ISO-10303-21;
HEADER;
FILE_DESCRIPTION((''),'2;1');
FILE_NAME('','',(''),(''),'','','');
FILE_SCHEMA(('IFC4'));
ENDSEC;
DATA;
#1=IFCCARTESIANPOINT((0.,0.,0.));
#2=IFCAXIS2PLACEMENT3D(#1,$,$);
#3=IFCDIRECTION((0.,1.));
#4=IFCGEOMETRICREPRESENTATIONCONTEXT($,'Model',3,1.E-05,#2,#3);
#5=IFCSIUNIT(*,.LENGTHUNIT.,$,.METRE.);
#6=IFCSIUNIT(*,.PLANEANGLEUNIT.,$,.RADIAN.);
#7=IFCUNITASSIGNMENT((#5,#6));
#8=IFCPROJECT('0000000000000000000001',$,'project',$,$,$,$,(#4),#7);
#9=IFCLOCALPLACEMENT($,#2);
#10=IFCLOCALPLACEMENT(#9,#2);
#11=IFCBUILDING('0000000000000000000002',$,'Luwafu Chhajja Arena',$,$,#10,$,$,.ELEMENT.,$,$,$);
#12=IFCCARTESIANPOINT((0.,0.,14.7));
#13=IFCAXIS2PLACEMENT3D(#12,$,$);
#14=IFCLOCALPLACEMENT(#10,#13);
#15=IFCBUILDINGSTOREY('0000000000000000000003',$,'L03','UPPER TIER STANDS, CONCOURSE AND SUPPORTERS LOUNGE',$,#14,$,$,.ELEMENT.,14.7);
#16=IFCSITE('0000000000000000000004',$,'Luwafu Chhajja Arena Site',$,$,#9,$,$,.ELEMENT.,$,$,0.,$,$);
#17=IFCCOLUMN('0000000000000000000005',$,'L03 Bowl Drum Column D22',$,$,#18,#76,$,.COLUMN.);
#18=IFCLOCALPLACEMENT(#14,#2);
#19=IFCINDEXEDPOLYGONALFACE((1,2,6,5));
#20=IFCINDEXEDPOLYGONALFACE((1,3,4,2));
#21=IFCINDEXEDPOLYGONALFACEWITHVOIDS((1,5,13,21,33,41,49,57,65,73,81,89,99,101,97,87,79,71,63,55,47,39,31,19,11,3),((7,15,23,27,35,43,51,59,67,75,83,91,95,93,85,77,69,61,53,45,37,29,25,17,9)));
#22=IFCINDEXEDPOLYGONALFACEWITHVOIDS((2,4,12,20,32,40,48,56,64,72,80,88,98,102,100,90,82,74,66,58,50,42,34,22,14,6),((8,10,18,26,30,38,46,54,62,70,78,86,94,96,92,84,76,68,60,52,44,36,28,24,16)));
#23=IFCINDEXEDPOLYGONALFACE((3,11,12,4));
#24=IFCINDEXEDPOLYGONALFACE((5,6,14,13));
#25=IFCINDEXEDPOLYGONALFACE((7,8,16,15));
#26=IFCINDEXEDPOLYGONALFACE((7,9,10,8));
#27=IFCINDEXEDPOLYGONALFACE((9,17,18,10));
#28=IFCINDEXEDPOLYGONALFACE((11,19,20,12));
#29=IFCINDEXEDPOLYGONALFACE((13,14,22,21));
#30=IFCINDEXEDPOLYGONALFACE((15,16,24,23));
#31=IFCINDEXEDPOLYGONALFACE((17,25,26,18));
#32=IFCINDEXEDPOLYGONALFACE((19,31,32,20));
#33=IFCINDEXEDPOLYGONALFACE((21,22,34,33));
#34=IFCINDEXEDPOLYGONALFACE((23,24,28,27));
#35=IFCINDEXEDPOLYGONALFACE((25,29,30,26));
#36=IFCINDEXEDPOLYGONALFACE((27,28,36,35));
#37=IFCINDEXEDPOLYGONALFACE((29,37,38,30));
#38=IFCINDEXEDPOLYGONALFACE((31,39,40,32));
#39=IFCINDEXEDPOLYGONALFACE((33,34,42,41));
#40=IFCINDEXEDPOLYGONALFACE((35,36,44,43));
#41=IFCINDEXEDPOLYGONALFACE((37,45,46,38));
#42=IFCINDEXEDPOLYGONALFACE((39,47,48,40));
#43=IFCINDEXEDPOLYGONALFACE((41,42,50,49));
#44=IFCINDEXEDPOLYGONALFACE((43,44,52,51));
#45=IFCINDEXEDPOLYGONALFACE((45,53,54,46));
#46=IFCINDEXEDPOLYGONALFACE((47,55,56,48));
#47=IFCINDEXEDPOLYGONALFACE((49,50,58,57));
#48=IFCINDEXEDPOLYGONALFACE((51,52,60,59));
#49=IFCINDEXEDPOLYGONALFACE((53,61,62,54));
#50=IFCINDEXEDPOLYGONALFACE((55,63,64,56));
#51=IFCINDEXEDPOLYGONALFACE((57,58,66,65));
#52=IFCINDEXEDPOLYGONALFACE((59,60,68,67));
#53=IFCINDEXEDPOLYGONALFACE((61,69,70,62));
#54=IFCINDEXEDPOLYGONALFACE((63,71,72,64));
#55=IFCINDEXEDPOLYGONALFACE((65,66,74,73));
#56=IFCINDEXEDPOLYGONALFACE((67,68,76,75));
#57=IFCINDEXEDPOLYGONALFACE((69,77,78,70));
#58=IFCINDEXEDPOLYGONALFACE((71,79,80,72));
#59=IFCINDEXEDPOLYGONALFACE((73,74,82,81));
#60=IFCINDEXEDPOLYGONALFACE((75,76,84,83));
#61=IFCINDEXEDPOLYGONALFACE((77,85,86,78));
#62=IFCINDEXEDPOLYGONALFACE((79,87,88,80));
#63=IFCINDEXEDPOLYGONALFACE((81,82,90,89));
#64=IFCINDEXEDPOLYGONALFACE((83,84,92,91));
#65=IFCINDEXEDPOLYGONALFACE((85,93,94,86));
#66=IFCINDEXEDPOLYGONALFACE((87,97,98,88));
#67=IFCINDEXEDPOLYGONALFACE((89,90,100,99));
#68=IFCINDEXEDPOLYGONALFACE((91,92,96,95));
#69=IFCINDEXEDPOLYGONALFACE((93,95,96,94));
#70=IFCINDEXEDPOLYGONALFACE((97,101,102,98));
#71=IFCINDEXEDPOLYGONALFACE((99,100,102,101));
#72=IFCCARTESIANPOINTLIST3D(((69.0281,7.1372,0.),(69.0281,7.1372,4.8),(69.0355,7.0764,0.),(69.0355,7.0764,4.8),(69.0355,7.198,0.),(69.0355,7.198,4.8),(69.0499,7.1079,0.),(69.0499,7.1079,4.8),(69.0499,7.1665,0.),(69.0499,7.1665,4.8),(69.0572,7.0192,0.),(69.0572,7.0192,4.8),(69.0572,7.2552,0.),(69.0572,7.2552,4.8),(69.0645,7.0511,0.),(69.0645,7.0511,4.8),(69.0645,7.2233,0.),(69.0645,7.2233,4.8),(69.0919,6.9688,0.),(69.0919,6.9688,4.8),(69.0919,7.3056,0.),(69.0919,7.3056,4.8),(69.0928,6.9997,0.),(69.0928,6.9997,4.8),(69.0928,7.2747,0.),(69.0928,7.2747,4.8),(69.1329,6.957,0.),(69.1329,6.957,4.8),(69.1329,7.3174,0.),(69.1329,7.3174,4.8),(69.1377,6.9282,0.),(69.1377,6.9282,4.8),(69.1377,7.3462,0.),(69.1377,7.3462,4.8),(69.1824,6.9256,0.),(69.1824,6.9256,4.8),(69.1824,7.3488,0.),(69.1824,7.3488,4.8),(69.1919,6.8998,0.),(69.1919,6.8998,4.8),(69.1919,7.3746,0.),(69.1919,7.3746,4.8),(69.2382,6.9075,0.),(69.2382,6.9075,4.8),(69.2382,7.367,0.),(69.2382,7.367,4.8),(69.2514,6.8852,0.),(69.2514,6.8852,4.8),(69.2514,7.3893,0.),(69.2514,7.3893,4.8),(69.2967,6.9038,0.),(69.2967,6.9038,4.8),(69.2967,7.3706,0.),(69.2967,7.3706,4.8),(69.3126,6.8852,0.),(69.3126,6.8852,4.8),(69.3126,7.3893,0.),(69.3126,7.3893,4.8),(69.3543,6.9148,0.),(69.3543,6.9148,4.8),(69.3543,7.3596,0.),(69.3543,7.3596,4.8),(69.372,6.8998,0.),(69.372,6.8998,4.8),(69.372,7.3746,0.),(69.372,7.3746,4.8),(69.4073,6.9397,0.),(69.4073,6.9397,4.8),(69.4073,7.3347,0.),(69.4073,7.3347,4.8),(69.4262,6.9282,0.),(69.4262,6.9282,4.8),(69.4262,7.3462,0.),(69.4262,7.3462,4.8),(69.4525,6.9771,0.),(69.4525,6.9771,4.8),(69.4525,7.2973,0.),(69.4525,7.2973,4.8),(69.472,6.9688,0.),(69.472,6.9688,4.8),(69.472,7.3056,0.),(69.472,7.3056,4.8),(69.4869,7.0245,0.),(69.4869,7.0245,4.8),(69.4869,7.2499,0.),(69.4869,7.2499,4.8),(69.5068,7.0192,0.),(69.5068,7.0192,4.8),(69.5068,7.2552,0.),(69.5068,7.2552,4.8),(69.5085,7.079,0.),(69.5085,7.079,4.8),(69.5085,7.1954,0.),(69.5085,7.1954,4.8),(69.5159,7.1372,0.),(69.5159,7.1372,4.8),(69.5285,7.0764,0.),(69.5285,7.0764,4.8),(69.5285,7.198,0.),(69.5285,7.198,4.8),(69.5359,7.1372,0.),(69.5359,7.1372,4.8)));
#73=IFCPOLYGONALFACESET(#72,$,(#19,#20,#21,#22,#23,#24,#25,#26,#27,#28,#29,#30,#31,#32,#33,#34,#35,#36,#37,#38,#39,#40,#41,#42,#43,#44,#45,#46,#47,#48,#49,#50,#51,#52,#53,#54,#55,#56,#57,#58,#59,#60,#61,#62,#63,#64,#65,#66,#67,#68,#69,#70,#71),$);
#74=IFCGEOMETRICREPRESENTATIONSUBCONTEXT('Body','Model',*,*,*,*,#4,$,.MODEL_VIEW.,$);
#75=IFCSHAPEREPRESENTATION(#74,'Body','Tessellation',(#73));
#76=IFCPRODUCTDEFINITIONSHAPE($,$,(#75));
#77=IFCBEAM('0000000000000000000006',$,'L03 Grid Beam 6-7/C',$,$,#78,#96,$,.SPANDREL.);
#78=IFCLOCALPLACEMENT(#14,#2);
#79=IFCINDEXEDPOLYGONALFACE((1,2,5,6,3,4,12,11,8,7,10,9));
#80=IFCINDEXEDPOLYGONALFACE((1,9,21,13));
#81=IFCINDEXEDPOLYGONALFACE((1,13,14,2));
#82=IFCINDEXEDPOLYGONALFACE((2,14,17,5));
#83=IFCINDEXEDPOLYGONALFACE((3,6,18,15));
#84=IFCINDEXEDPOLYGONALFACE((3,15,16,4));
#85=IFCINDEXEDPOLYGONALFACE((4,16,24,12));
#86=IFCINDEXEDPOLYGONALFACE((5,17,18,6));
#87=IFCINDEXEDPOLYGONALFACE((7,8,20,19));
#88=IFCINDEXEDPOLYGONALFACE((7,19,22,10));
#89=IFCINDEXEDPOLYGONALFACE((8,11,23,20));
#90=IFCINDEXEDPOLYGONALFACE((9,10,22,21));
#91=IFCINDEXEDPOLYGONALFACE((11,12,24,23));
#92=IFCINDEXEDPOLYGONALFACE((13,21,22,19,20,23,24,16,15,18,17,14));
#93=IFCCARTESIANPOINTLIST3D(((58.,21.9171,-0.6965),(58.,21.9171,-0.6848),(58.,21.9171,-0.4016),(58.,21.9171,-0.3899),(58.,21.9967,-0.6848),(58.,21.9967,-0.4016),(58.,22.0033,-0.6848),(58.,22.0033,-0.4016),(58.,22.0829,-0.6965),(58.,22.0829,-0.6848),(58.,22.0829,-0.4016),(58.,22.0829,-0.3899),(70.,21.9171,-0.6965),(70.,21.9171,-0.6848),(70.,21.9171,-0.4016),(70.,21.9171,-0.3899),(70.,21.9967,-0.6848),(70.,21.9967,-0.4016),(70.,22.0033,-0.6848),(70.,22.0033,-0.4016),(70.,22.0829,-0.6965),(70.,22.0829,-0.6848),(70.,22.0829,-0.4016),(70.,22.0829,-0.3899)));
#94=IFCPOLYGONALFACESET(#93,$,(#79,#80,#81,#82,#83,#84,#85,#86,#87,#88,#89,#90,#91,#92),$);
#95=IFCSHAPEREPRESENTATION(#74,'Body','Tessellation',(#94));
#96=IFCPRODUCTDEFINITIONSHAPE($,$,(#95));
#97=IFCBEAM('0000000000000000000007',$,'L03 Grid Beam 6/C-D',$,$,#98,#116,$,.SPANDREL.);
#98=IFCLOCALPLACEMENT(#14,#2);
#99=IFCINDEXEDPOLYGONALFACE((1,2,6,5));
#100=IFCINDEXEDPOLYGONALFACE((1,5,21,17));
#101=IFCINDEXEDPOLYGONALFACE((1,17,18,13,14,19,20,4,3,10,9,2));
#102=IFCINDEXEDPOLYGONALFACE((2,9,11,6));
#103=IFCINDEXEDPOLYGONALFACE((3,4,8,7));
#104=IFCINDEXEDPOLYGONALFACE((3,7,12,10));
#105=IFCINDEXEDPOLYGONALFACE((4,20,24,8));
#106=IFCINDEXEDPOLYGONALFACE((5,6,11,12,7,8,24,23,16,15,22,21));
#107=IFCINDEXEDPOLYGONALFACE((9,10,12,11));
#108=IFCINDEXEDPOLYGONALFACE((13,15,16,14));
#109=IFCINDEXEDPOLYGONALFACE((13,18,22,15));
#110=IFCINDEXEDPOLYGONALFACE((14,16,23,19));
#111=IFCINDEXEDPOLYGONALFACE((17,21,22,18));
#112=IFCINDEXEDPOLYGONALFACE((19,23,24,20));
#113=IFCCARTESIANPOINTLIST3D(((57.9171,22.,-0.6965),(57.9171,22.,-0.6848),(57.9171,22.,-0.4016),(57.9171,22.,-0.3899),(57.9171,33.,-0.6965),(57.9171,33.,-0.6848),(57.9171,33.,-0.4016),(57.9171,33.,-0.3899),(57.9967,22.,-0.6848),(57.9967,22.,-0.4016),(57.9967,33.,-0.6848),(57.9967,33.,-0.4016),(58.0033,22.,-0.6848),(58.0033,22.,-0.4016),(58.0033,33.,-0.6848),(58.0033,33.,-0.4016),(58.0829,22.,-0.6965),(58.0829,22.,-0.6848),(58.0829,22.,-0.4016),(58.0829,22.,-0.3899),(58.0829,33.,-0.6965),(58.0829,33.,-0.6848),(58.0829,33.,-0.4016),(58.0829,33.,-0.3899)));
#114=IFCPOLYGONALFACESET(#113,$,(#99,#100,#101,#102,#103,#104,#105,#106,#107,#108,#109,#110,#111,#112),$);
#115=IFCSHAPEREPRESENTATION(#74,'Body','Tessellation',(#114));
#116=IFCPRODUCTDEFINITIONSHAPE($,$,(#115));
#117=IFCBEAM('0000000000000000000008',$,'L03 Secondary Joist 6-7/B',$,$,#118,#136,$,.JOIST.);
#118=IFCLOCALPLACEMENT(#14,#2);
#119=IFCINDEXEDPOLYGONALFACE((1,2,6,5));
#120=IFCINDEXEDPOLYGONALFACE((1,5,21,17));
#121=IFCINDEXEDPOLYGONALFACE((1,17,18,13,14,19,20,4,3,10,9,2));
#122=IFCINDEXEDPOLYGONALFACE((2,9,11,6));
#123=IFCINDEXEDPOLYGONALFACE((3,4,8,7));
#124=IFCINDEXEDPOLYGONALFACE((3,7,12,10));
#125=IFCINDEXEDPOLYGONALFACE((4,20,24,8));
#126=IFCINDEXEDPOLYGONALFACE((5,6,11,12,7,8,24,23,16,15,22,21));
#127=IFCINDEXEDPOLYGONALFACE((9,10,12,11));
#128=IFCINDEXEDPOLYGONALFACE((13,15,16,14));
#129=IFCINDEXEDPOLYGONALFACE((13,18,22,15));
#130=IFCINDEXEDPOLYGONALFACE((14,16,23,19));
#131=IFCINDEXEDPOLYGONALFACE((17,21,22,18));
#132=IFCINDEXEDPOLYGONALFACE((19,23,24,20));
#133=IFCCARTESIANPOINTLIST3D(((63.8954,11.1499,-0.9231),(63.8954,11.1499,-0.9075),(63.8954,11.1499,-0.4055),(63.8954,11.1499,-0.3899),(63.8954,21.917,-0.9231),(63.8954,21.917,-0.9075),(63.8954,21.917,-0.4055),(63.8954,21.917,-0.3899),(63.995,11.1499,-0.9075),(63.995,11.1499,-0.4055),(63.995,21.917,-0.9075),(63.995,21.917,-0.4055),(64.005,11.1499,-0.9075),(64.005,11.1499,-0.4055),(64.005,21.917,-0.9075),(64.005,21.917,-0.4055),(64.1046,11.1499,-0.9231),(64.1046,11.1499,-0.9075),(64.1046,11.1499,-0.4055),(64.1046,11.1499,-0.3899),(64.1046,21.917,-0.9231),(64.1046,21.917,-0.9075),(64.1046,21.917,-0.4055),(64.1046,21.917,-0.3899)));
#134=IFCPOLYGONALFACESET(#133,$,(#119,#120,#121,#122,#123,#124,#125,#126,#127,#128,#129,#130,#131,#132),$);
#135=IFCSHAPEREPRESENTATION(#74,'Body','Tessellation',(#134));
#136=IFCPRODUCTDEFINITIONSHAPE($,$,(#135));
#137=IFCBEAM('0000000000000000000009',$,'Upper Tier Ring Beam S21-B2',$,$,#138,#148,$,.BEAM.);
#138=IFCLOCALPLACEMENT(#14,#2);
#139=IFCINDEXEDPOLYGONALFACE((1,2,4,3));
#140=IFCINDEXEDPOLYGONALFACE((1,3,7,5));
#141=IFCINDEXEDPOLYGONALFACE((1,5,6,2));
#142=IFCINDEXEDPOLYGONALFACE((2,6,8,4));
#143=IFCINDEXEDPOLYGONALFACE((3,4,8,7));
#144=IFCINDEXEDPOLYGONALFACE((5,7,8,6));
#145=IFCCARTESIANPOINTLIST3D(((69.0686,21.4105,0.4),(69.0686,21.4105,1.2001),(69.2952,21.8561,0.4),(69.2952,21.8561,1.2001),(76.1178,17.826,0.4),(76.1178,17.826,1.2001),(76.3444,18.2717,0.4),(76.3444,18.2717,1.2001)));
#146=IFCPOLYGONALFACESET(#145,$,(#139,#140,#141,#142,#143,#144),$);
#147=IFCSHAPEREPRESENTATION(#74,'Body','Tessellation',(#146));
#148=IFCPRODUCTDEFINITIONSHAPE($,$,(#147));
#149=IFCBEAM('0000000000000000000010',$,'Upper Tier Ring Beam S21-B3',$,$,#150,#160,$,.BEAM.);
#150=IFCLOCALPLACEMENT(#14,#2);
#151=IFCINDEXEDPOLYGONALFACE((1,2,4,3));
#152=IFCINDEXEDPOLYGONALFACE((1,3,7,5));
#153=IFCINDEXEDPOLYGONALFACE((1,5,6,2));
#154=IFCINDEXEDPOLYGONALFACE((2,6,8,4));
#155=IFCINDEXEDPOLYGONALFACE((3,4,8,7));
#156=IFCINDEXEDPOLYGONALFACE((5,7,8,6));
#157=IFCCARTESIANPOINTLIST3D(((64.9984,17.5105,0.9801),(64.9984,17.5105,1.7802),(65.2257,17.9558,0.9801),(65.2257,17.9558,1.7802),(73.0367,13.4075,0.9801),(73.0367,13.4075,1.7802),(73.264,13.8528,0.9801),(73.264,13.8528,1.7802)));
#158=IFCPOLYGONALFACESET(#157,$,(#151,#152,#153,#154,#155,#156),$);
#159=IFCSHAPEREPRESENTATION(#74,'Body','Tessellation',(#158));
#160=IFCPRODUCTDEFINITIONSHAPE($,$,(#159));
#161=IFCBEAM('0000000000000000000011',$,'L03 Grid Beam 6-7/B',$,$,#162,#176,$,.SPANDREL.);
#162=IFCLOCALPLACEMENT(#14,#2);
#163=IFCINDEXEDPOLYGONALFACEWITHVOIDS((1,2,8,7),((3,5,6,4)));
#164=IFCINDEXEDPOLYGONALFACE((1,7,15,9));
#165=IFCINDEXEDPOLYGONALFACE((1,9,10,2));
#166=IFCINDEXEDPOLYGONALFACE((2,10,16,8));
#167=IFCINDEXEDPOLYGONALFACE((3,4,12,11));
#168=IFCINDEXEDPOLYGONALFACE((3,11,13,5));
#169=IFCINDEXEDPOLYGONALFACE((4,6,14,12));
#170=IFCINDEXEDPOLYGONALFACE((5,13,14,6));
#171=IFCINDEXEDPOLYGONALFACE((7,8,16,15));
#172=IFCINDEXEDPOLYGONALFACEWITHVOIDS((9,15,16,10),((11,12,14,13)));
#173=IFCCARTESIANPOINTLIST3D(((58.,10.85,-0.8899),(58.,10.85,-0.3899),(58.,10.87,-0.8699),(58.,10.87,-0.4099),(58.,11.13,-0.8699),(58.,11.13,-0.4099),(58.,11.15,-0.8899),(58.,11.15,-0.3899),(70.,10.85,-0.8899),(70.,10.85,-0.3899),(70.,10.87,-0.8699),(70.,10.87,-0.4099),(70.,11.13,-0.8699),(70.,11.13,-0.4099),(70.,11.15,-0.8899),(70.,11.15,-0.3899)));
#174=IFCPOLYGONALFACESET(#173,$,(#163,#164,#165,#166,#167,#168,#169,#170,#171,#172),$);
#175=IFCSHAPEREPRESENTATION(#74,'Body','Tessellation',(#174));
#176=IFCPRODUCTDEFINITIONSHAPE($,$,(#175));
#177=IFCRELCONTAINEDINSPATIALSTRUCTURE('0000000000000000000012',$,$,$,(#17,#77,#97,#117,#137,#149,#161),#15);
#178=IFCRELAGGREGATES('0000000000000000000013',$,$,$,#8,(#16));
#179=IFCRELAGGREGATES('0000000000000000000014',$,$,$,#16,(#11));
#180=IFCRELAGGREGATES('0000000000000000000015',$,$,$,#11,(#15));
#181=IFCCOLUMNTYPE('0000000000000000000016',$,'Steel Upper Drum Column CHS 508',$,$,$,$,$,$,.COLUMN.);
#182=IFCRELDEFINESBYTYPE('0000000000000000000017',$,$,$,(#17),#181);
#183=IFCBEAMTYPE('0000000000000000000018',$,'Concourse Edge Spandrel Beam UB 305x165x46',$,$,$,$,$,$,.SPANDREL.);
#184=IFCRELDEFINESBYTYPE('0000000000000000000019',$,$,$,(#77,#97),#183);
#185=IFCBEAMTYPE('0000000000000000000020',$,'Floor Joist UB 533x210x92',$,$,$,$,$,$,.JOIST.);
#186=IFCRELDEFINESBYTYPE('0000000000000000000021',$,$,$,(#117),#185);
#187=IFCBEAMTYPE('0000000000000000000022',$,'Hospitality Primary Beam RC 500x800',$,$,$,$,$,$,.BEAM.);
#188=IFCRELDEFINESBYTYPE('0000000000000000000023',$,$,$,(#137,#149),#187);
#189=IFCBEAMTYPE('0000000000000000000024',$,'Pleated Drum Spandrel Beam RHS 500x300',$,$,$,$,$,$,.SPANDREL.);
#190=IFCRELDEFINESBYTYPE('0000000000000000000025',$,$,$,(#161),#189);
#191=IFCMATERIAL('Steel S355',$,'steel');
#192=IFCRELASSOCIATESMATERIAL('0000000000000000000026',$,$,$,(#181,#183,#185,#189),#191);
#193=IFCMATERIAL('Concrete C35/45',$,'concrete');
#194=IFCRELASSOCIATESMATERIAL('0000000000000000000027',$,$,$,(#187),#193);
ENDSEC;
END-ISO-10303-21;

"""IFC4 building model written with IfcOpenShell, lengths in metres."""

from ifc_helpers import new_model, si_unit, direction, frame, origin, origin_2d, place, context, subcontext, project, spatial, rectangle, hollow_rectangle, hollow_circle, i_section, extrude, material, material_profile, profile_set, type_object, element, save


model = new_model("IFC4")

# Units and contexts
model_context = context("Model", 3, precision=1e-05, world=origin(), true_north=direction((0.0, 1.0)))
body_context = subcontext(model_context, "Body", "Model", "MODEL_VIEW")
ifc_project = project(units=[si_unit("LENGTHUNIT", "METRE"), si_unit("PLANEANGLEUNIT", "RADIAN")], contexts=[model_context])

# Site, building, storey
site_placement = place(None, origin())
site = spatial("IfcSite", under=ifc_project, at=site_placement, Name="Luwafu Chhajja Arena Site", CompositionType="ELEMENT", RefElevation=0.0)
building_placement = place(site_placement, origin())
building = spatial("IfcBuilding", under=site, at=building_placement, Name="Luwafu Chhajja Arena", CompositionType="ELEMENT")
storey_placement = place(building_placement, frame((0.0, 0.0, 14.7)))
storey = spatial("IfcBuildingStorey", under=building, at=storey_placement, Name="L03", Description="UPPER TIER STANDS, CONCOURSE AND SUPPORTERS LOUNGE", CompositionType="ELEMENT", Elevation=14.7)

# Column
ifc_material_1 = material(Name="Concrete C35/45", Category="concrete")
ifc_material_2 = material(Name="Steel S355", Category="steel")
ifc_material_profile_1 = material_profile(ifc_material_2, hollow_circle(Radius=0.2539, WallThickness=0.02, at=origin_2d()), Name="CHS 508x20")
ifc_profile_set_1 = profile_set([ifc_material_profile_1], Name="Steel S355")
column_type_1 = type_object("IfcColumnType", Name="Steel Upper Drum Column CHS 508", PredefinedType="COLUMN", material=ifc_profile_set_1)
for number, where, z_axis, x_axis, name in (
    (1, (69.282, 7.1372, 0.0), (0.0, 0.0, 1.0), (1.0, 0.0, 0.0), "L03 Bowl Drum Column D22"),
):
    element("IfcColumn", number, at=place(storey_placement, frame(where, z_axis=z_axis, x_axis=x_axis)), inside=storey, type_object=column_type_1, Name=name, PredefinedType="COLUMN", context=body_context, shape_type="SweptSolid", body=[
        extrude(hollow_circle(Radius=0.2539, WallThickness=0.02, at=origin_2d()), origin(), (0.0, 0.0, 1.0), 4.8),
    ])

# Beams
ifc_material_profile_2 = material_profile(ifc_material_2, i_section(OverallWidth=0.1658, OverallDepth=0.3066, WebThickness=0.0066, FlangeThickness=0.0117, at=origin_2d()), Name="UB 305x165x46")
ifc_profile_set_2 = profile_set([ifc_material_profile_2], Name="Steel S355")
beam_type_1 = type_object("IfcBeamType", Name="Concourse Edge Spandrel Beam UB 305x165x46", PredefinedType="SPANDREL", material=ifc_profile_set_2)
beam_1_placement = place(storey_placement, frame((58.0, 22.0, -0.5432), z_axis=(1.0, 0.0, 0.0), x_axis=(0.0, 1.0, 0.0)))
element("IfcBeam", 2, at=beam_1_placement, inside=storey, type_object=beam_type_1, Name="L03 Grid Beam 6-7/C", PredefinedType="SPANDREL", context=body_context, shape_type="SweptSolid", body=[
    extrude(i_section(OverallWidth=0.1658, OverallDepth=0.3066, WebThickness=0.0066, FlangeThickness=0.0117, at=origin_2d()), origin(), (0.0, 0.0, 1.0), 12.0),
])
beam_2_placement = place(storey_placement, frame((58.0, 22.0, -0.5432), z_axis=(0.0, 1.0, 0.0), x_axis=(-1.0, 0.0, 0.0)))
element("IfcBeam", 3, at=beam_2_placement, inside=storey, type_object=beam_type_1, Name="L03 Grid Beam 6/C-D", PredefinedType="SPANDREL", context=body_context, shape_type="SweptSolid", body=[
    extrude(i_section(OverallWidth=0.1658, OverallDepth=0.3066, WebThickness=0.0066, FlangeThickness=0.0117, at=origin_2d()), origin(), (0.0, 0.0, 1.0), 11.0),
])
ifc_material_profile_3 = material_profile(ifc_material_2, i_section(OverallWidth=0.2092, OverallDepth=0.5332, WebThickness=0.01, FlangeThickness=0.0156, at=origin_2d()), Name="UB 533x210x92")
ifc_profile_set_3 = profile_set([ifc_material_profile_3], Name="Steel S355")
beam_type_2 = type_object("IfcBeamType", Name="Floor Joist UB 533x210x92", PredefinedType="JOIST", material=ifc_profile_set_3)
beam_3_placement = place(storey_placement, frame((64.0, 11.1499, -0.6565), z_axis=(0.0, 1.0, 0.0), x_axis=(-1.0, 0.0, 0.0)))
element("IfcBeam", 4, at=beam_3_placement, inside=storey, type_object=beam_type_2, Name="L03 Secondary Joist 6-7/B", PredefinedType="JOIST", context=body_context, shape_type="SweptSolid", body=[
    extrude(i_section(OverallWidth=0.2092, OverallDepth=0.5332, WebThickness=0.01, FlangeThickness=0.0156, at=origin_2d()), origin(), (0.0, 0.0, 1.0), 10.7671),
])
ifc_material_profile_4 = material_profile(ifc_material_1, rectangle(XDim=0.5, YDim=0.8, at=origin_2d()), Name="RC 500x800")
ifc_profile_set_4 = profile_set([ifc_material_profile_4], Name="Concrete C35/45")
beam_type_3 = type_object("IfcBeamType", Name="Hospitality Primary Beam RC 500x800", PredefinedType="BEAM", material=ifc_profile_set_4)
beam_4_placement = place(storey_placement, frame((69.1819, 21.6333, 0.8), z_axis=(0.891381, -0.453254, 0.0), x_axis=(0.453254, 0.891381, 0.0)))
element("IfcBeam", 5, at=beam_4_placement, inside=storey, type_object=beam_type_3, Name="Upper Tier Ring Beam S21-B2", PredefinedType="BEAM", context=body_context, shape_type="SweptSolid", body=[
    extrude(rectangle(XDim=0.5, YDim=0.8, at=origin_2d()), origin(), (0.0, 0.0, 1.0), 7.9082),
])
beam_5_placement = place(storey_placement, frame((65.1121, 17.7332, 1.3801), z_axis=(0.890679, -0.454632, 0.0), x_axis=(0.454632, 0.890679, 0.0)))
element("IfcBeam", 6, at=beam_5_placement, inside=storey, type_object=beam_type_3, Name="Upper Tier Ring Beam S21-B3", PredefinedType="BEAM", context=body_context, shape_type="SweptSolid", body=[
    extrude(rectangle(XDim=0.5, YDim=0.8, at=origin_2d()), origin(), (0.0, 0.0, 1.0), 9.0249),
])
ifc_material_profile_5 = material_profile(ifc_material_2, hollow_rectangle(XDim=0.3, YDim=0.5, WallThickness=0.02, at=origin_2d()), Name="RHS 500x300x20")
ifc_profile_set_5 = profile_set([ifc_material_profile_5], Name="Steel S355")
beam_type_4 = type_object("IfcBeamType", Name="Pleated Drum Spandrel Beam RHS 500x300", PredefinedType="SPANDREL", material=ifc_profile_set_5)
beam_6_placement = place(storey_placement, frame((58.0, 11.0, -0.6399), z_axis=(1.0, 0.0, 0.0), x_axis=(0.0, 1.0, 0.0)))
element("IfcBeam", 7, at=beam_6_placement, inside=storey, type_object=beam_type_4, Name="L03 Grid Beam 6-7/B", PredefinedType="SPANDREL", context=body_context, shape_type="SweptSolid", body=[
    extrude(hollow_rectangle(XDim=0.3, YDim=0.5, WallThickness=0.02, at=origin_2d()), origin(), (0.0, 0.0, 1.0), 12.0),
])

save(model, "model.ifc")
